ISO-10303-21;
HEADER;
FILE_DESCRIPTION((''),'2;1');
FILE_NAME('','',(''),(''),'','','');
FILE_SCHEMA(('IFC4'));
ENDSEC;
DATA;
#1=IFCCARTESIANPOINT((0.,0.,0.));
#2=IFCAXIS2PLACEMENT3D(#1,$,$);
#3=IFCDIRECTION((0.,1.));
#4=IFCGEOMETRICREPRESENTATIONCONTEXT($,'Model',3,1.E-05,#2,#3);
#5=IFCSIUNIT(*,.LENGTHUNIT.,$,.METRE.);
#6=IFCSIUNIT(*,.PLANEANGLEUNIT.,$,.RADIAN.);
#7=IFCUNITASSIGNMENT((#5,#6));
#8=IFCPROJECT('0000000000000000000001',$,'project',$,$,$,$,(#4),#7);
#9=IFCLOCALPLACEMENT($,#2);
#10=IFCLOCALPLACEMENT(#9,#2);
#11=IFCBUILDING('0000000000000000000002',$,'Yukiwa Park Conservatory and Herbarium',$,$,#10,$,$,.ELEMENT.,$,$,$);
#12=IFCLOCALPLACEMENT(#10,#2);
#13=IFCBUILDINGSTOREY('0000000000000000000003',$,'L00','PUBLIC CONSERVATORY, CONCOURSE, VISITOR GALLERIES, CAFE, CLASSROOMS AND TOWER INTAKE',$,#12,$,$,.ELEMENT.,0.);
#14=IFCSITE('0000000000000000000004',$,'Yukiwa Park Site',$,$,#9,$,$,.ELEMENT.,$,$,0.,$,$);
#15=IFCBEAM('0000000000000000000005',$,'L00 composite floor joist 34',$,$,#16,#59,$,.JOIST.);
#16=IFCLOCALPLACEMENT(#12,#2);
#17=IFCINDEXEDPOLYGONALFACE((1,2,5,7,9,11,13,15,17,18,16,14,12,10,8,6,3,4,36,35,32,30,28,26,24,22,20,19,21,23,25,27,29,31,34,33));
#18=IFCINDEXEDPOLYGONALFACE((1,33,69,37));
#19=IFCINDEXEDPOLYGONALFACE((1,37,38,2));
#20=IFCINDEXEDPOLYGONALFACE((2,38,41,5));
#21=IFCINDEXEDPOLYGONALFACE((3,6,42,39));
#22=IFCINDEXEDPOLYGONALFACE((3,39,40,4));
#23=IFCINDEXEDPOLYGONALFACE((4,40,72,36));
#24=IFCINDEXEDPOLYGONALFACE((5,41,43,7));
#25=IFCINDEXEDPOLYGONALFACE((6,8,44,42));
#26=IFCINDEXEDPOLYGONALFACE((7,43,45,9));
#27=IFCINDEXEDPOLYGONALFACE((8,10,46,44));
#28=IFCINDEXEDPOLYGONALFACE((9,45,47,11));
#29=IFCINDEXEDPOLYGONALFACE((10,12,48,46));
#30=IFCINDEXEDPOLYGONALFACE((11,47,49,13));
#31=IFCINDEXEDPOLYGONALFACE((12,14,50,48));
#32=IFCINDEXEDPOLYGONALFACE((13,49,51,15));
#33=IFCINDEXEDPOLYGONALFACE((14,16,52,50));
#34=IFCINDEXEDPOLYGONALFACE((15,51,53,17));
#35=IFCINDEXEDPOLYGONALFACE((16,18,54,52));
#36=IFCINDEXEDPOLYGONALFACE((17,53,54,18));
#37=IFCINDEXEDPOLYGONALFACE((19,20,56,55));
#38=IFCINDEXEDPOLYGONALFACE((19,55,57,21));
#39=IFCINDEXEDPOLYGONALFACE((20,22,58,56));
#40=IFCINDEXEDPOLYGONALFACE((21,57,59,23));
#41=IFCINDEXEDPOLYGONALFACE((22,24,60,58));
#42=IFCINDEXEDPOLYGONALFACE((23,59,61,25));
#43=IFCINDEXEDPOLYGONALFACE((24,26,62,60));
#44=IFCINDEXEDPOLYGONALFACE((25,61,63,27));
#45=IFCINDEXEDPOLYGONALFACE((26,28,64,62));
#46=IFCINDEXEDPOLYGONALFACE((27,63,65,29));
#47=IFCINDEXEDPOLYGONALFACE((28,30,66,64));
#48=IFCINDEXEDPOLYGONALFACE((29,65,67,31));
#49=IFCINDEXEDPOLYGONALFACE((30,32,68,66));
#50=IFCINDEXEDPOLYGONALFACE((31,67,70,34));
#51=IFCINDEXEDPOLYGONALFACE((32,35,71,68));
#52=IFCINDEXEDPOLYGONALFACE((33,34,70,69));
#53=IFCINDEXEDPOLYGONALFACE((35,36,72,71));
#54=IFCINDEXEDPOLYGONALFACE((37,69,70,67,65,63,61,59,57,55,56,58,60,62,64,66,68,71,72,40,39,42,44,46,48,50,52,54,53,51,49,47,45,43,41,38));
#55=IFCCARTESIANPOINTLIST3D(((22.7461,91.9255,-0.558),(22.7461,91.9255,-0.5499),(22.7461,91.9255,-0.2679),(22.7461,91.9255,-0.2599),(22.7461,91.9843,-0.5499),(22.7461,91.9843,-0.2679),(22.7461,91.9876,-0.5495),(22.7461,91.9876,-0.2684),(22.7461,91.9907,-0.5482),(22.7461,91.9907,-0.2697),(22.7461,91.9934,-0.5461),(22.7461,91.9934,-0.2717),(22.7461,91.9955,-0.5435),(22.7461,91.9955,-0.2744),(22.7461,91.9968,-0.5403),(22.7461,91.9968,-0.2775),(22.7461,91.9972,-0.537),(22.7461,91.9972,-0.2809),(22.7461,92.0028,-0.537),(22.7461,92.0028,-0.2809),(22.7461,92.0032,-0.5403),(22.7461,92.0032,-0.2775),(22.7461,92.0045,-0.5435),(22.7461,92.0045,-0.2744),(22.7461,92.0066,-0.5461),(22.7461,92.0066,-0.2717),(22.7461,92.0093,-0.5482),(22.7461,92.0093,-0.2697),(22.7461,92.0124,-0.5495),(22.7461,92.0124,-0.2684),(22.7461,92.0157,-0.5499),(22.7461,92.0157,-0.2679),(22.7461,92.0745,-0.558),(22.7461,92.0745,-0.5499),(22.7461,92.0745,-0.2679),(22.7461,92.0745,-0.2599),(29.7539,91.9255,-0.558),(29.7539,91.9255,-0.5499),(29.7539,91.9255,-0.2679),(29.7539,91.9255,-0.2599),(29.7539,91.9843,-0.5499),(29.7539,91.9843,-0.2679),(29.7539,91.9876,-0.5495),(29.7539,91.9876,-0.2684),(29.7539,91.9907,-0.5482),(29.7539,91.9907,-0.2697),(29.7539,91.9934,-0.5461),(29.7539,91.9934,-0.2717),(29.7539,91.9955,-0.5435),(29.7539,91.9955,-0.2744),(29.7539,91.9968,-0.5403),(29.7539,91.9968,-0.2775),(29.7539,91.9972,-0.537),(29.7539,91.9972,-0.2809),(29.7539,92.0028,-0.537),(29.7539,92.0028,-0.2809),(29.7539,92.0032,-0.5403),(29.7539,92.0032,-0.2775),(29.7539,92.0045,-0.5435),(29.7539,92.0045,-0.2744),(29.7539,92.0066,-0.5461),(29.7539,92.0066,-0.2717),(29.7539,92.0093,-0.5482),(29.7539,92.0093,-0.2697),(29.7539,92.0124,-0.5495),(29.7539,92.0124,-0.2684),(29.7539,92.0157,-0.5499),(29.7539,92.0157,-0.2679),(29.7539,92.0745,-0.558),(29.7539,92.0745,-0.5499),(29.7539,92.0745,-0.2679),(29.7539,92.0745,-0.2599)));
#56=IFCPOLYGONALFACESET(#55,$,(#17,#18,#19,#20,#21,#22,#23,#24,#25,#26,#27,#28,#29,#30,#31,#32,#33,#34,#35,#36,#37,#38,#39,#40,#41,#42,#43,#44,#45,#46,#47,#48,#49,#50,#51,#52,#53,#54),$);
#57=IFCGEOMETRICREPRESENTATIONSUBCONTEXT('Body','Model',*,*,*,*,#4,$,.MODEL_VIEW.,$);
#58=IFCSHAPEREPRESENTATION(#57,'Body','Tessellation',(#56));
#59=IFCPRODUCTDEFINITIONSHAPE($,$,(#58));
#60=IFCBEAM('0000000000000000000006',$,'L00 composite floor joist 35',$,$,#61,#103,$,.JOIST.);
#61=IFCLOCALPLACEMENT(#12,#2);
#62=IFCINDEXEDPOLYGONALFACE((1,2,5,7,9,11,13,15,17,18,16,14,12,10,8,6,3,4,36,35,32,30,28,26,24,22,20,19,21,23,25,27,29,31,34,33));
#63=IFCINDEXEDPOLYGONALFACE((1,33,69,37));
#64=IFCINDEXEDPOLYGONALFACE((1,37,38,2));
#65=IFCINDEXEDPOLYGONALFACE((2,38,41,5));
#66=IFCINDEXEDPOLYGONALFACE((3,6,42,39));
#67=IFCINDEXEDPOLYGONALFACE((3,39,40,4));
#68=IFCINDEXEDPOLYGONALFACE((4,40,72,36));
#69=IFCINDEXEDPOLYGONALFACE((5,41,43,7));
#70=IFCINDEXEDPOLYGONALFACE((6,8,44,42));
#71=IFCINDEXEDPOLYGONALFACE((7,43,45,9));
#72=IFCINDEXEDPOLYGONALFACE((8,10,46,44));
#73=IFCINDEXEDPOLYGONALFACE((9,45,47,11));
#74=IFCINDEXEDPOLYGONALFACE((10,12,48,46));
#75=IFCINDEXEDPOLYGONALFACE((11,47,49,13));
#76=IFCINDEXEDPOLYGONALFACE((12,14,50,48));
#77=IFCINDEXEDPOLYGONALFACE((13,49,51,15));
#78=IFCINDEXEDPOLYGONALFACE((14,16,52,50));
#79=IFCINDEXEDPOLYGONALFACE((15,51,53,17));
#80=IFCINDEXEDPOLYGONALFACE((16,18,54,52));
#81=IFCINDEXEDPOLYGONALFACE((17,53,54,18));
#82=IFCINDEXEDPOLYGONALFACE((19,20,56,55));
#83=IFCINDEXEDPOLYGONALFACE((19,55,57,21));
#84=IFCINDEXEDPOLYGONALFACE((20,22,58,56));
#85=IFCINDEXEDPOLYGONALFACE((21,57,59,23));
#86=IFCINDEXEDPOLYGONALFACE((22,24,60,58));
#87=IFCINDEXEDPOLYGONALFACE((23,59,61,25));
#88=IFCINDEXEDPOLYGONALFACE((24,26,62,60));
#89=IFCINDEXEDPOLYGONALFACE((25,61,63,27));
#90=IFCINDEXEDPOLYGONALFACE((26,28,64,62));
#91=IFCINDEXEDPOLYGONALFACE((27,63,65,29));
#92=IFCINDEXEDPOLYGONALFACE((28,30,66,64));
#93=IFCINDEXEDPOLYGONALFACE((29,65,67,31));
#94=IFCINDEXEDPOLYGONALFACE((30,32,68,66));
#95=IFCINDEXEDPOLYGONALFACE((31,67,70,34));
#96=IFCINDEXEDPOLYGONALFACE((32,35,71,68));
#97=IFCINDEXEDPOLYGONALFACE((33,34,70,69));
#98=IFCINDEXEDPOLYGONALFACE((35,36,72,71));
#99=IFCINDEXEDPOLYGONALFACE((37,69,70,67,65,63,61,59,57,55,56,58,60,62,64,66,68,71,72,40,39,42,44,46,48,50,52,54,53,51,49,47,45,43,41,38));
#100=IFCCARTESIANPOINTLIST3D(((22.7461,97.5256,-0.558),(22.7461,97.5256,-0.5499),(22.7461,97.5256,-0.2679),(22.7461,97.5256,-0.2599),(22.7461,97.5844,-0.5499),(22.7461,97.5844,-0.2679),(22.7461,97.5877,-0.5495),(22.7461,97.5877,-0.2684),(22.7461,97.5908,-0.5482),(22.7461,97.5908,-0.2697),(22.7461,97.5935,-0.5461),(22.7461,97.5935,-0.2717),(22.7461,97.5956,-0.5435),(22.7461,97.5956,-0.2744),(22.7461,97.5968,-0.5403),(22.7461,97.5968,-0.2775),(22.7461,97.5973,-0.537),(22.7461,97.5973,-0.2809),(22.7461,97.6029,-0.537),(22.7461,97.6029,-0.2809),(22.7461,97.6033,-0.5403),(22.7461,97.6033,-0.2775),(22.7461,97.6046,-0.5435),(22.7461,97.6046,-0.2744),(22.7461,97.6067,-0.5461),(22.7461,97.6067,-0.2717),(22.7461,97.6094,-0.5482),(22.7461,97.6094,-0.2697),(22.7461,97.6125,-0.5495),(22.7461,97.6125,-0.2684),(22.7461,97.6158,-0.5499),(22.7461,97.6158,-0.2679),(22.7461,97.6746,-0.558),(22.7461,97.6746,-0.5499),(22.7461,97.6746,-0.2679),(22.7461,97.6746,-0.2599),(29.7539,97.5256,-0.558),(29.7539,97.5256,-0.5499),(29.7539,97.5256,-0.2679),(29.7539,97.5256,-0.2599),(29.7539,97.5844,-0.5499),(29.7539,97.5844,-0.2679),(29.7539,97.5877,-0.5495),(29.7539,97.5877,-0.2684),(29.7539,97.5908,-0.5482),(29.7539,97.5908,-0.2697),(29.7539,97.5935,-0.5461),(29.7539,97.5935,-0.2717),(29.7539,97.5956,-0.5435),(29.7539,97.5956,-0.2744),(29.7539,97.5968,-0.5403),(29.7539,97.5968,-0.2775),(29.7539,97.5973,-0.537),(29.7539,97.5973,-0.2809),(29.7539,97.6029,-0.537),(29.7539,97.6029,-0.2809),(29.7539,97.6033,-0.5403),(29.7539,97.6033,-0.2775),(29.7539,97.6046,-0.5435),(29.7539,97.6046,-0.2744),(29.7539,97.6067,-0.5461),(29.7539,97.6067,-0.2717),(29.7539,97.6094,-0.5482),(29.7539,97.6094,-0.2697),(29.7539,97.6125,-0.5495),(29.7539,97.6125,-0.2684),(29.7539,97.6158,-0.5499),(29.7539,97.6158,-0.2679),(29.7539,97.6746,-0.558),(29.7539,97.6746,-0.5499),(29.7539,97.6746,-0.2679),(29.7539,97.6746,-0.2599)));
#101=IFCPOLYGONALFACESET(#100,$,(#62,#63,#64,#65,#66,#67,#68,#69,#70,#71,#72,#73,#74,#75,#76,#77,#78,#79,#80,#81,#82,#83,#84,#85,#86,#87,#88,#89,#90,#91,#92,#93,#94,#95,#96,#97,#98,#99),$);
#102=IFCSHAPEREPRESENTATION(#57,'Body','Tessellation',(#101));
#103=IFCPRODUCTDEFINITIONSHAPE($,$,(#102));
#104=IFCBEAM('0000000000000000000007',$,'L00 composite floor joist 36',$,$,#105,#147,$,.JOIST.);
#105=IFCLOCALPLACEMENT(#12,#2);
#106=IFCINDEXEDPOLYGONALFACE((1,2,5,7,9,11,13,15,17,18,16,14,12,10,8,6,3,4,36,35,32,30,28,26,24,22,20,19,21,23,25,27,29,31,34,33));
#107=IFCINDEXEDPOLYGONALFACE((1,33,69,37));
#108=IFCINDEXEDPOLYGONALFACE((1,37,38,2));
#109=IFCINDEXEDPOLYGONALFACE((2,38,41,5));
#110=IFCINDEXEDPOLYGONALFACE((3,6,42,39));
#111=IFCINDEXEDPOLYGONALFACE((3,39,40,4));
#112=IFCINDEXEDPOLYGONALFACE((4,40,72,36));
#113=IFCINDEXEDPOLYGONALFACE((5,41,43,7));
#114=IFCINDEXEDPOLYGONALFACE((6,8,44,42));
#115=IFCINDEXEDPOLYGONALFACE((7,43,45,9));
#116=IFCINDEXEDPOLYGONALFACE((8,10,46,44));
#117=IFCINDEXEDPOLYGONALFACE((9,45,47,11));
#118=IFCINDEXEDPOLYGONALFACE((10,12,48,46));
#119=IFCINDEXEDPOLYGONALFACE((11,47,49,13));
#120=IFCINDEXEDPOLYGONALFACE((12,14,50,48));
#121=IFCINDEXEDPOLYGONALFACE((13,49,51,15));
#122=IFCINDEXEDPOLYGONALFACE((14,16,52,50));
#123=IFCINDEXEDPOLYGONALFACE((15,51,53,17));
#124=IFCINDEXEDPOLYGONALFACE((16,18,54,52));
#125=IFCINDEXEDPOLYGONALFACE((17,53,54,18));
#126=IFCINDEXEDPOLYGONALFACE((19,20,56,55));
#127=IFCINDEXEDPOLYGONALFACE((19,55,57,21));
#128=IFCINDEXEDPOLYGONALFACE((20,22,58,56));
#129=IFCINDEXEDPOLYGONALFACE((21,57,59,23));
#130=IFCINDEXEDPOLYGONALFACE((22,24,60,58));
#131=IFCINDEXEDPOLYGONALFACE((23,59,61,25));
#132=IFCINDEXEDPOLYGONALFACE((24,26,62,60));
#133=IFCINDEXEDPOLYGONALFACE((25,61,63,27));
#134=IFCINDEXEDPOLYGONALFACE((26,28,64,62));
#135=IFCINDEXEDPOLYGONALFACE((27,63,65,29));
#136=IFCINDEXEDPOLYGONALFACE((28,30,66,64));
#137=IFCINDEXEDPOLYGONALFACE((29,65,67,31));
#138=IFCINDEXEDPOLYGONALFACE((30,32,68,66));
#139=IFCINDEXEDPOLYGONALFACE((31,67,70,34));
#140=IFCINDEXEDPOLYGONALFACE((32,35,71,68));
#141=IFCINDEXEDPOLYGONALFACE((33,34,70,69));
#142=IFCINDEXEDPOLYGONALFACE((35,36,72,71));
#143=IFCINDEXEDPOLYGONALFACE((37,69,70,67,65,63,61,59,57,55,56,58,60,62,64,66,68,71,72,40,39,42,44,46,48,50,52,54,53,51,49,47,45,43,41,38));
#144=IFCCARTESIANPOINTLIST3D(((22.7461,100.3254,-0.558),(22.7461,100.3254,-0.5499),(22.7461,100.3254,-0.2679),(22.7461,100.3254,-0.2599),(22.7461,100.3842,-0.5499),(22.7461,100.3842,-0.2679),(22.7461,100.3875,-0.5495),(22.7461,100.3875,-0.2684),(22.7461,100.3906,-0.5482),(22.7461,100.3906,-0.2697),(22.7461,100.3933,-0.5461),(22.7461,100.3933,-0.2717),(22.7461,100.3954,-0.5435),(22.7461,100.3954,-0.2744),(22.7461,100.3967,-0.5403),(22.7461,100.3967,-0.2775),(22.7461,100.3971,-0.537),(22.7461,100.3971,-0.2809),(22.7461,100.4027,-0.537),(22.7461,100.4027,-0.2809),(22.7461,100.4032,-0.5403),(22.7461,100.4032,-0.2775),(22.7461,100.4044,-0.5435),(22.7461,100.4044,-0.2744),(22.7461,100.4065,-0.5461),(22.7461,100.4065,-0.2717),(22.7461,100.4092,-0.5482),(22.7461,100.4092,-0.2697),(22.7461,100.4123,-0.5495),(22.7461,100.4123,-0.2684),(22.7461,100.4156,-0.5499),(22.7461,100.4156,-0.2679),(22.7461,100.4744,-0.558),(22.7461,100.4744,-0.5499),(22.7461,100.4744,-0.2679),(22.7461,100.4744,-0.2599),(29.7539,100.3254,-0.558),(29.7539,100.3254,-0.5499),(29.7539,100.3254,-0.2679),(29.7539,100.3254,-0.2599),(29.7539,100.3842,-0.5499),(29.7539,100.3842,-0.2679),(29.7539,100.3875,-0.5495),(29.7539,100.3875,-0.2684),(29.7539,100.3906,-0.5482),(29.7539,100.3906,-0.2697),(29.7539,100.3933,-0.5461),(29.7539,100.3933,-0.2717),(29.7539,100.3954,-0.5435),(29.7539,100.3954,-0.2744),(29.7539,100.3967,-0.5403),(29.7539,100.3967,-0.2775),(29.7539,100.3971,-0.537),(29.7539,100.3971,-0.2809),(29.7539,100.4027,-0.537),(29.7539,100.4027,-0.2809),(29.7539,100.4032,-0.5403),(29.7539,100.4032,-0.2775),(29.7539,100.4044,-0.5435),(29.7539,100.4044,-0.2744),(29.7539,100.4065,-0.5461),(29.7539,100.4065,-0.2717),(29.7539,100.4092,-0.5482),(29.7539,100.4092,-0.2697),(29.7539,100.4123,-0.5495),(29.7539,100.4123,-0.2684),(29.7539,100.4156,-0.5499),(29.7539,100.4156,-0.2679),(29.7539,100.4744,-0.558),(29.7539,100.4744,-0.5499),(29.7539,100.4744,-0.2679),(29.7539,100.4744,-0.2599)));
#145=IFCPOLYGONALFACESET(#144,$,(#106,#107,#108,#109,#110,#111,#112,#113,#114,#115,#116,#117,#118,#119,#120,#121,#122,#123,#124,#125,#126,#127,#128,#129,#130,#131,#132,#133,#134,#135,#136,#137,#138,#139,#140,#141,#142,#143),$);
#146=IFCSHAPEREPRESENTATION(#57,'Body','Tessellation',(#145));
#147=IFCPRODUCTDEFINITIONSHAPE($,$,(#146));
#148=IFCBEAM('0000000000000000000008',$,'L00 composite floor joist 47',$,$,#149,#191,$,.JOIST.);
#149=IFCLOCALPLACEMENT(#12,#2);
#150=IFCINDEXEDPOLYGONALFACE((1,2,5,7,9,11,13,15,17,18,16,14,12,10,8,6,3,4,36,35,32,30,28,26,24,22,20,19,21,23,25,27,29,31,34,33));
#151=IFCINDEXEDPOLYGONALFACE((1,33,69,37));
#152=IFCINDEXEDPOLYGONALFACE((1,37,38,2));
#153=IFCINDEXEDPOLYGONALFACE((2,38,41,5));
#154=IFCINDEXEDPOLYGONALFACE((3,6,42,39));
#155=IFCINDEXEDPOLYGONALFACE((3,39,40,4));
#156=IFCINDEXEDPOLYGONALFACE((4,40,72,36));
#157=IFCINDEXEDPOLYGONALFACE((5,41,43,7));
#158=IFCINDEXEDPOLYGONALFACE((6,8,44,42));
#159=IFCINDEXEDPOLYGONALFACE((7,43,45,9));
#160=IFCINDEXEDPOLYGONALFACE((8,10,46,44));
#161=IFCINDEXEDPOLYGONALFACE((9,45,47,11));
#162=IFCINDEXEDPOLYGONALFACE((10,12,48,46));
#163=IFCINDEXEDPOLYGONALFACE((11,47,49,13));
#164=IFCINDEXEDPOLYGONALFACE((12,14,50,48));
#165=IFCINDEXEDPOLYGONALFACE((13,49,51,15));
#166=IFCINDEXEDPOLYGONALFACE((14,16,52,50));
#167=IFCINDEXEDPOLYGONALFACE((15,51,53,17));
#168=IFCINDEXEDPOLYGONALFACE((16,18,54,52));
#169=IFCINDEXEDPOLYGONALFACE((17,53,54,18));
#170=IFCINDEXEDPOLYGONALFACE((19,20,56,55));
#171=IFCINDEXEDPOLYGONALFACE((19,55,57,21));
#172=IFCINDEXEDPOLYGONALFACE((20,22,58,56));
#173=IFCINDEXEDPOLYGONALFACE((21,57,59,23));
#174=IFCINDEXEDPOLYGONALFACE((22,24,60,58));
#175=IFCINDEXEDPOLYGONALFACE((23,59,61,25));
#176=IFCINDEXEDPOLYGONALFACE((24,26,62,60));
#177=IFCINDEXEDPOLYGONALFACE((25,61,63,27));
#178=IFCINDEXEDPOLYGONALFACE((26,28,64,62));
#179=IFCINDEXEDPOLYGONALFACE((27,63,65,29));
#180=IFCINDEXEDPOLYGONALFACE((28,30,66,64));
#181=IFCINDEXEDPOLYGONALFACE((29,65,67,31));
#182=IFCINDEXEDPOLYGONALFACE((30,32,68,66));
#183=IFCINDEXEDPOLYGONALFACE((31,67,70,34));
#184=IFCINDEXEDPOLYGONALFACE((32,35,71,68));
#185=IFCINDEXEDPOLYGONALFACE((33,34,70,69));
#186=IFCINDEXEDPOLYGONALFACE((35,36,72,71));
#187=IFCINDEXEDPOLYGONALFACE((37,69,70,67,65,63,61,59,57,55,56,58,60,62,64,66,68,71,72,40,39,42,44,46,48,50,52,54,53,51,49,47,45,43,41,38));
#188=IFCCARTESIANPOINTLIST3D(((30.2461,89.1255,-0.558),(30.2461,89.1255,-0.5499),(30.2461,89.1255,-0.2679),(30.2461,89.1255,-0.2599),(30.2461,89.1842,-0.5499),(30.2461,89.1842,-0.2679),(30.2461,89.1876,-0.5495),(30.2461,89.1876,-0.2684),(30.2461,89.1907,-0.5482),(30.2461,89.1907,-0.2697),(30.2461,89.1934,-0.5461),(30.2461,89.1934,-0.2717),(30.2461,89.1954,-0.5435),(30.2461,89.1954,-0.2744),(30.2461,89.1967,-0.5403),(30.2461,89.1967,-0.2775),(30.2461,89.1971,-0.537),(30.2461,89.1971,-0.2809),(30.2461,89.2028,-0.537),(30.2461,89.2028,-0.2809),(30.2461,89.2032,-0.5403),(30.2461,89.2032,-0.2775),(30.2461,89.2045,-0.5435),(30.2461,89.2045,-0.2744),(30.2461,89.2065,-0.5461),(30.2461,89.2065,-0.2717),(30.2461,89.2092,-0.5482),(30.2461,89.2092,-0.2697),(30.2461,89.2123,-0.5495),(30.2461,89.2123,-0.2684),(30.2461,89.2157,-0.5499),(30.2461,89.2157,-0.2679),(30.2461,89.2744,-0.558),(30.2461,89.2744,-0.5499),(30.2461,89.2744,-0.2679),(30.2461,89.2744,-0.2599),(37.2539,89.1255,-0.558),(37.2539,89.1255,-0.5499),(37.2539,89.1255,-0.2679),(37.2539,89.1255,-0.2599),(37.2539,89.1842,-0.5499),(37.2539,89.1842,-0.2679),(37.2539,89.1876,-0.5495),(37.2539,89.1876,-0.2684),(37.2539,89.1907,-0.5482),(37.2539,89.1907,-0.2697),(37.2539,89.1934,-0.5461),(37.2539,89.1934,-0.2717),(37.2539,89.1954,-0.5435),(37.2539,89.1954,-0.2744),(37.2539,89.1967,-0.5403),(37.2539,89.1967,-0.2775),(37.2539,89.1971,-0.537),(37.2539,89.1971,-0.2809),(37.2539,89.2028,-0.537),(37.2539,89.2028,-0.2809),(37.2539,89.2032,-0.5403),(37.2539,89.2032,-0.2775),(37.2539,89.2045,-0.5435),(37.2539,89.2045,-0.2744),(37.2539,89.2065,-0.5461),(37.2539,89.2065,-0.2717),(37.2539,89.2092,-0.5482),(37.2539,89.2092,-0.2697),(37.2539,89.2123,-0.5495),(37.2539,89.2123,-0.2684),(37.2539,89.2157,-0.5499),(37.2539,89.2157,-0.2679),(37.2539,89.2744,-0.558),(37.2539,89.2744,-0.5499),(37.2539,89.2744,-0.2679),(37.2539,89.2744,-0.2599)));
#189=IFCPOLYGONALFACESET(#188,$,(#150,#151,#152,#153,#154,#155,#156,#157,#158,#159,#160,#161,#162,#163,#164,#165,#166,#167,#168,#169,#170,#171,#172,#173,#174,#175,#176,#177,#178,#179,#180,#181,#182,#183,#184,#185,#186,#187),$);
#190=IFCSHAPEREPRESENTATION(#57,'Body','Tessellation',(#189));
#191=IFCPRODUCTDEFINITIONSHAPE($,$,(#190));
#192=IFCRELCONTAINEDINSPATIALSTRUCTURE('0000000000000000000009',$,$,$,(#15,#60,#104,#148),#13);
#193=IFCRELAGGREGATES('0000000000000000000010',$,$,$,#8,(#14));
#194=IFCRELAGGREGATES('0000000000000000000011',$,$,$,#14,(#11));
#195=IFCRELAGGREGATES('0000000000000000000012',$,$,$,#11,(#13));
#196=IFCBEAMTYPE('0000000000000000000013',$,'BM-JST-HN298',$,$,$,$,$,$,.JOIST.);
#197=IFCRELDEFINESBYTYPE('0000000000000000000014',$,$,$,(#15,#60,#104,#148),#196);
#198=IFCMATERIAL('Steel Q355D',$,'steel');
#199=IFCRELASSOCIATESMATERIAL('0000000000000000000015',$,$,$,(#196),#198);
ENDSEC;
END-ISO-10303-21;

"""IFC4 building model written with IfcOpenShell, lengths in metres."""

from ifc_helpers import new_model, si_unit, direction, frame, origin, origin_2d, place, context, subcontext, project, spatial, i_section, extrude, material, material_profile, profile_set, type_object, element, save


model = new_model("IFC4")

# Units and contexts
model_context = context("Model", 3, precision=1e-05, world=origin(), true_north=direction((0.0, 1.0)))
body_context = subcontext(model_context, "Body", "Model", "MODEL_VIEW")
ifc_project = project(units=[si_unit("LENGTHUNIT", "METRE"), si_unit("PLANEANGLEUNIT", "RADIAN")], contexts=[model_context])

# Site, building, storey
site_placement = place(None, origin())
site = spatial("IfcSite", under=ifc_project, at=site_placement, Name="Yukiwa Park Site", CompositionType="ELEMENT", RefElevation=0.0)
building_placement = place(site_placement, origin())
building = spatial("IfcBuilding", under=site, at=building_placement, Name="Yukiwa Park Conservatory and Herbarium", CompositionType="ELEMENT")
storey_placement = place(building_placement, origin())
storey = spatial("IfcBuildingStorey", under=building, at=storey_placement, Name="L00", Description="PUBLIC CONSERVATORY, CONCOURSE, VISITOR GALLERIES, CAFE, CLASSROOMS AND TOWER INTAKE", CompositionType="ELEMENT", Elevation=0.0)

# Beams
ifc_material_1 = material(Name="Steel Q355D", Category="steel")
ifc_material_profile_1 = material_profile(ifc_material_1, i_section(OverallWidth=0.1489, OverallDepth=0.2981, WebThickness=0.0056, FlangeThickness=0.0081, FilletRadius=0.0129, at=origin_2d()), Name="HN 298x149x5.5x8")
ifc_profile_set_1 = profile_set([ifc_material_profile_1], Name="Steel Q355D")
beam_type_1 = type_object("IfcBeamType", Name="BM-JST-HN298", PredefinedType="JOIST", material=ifc_profile_set_1)
for number, where, z_axis, x_axis, name in (
    (1, (22.7461, 92.0, -0.4089), (1.0, 0.0, 0.0), (0.0, 1.0, 0.0), "L00 composite floor joist 34"),
    (2, (22.7461, 97.6001, -0.4089), (1.0, 0.0, 0.0), (0.0, 1.0, 0.0), "L00 composite floor joist 35"),
    (3, (22.7461, 100.3999, -0.4089), (1.0, 0.0, 0.0), (0.0, 1.0, 0.0), "L00 composite floor joist 36"),
    (4, (30.2461, 89.2, -0.4089), (1.0, 0.0, 0.0), (0.0, 1.0, 0.0), "L00 composite floor joist 47"),
):
    element("IfcBeam", number, at=place(storey_placement, frame(where, z_axis=z_axis, x_axis=x_axis)), inside=storey, type_object=beam_type_1, Name=name, PredefinedType="JOIST", context=body_context, shape_type="SweptSolid", body=[
        extrude(i_section(OverallWidth=0.1489, OverallDepth=0.2981, WebThickness=0.0056, FlangeThickness=0.0081, FilletRadius=0.0129, at=origin_2d()), origin(), (0.0, 0.0, 1.0), 7.0078),
    ])

save(model, "model.ifc")
